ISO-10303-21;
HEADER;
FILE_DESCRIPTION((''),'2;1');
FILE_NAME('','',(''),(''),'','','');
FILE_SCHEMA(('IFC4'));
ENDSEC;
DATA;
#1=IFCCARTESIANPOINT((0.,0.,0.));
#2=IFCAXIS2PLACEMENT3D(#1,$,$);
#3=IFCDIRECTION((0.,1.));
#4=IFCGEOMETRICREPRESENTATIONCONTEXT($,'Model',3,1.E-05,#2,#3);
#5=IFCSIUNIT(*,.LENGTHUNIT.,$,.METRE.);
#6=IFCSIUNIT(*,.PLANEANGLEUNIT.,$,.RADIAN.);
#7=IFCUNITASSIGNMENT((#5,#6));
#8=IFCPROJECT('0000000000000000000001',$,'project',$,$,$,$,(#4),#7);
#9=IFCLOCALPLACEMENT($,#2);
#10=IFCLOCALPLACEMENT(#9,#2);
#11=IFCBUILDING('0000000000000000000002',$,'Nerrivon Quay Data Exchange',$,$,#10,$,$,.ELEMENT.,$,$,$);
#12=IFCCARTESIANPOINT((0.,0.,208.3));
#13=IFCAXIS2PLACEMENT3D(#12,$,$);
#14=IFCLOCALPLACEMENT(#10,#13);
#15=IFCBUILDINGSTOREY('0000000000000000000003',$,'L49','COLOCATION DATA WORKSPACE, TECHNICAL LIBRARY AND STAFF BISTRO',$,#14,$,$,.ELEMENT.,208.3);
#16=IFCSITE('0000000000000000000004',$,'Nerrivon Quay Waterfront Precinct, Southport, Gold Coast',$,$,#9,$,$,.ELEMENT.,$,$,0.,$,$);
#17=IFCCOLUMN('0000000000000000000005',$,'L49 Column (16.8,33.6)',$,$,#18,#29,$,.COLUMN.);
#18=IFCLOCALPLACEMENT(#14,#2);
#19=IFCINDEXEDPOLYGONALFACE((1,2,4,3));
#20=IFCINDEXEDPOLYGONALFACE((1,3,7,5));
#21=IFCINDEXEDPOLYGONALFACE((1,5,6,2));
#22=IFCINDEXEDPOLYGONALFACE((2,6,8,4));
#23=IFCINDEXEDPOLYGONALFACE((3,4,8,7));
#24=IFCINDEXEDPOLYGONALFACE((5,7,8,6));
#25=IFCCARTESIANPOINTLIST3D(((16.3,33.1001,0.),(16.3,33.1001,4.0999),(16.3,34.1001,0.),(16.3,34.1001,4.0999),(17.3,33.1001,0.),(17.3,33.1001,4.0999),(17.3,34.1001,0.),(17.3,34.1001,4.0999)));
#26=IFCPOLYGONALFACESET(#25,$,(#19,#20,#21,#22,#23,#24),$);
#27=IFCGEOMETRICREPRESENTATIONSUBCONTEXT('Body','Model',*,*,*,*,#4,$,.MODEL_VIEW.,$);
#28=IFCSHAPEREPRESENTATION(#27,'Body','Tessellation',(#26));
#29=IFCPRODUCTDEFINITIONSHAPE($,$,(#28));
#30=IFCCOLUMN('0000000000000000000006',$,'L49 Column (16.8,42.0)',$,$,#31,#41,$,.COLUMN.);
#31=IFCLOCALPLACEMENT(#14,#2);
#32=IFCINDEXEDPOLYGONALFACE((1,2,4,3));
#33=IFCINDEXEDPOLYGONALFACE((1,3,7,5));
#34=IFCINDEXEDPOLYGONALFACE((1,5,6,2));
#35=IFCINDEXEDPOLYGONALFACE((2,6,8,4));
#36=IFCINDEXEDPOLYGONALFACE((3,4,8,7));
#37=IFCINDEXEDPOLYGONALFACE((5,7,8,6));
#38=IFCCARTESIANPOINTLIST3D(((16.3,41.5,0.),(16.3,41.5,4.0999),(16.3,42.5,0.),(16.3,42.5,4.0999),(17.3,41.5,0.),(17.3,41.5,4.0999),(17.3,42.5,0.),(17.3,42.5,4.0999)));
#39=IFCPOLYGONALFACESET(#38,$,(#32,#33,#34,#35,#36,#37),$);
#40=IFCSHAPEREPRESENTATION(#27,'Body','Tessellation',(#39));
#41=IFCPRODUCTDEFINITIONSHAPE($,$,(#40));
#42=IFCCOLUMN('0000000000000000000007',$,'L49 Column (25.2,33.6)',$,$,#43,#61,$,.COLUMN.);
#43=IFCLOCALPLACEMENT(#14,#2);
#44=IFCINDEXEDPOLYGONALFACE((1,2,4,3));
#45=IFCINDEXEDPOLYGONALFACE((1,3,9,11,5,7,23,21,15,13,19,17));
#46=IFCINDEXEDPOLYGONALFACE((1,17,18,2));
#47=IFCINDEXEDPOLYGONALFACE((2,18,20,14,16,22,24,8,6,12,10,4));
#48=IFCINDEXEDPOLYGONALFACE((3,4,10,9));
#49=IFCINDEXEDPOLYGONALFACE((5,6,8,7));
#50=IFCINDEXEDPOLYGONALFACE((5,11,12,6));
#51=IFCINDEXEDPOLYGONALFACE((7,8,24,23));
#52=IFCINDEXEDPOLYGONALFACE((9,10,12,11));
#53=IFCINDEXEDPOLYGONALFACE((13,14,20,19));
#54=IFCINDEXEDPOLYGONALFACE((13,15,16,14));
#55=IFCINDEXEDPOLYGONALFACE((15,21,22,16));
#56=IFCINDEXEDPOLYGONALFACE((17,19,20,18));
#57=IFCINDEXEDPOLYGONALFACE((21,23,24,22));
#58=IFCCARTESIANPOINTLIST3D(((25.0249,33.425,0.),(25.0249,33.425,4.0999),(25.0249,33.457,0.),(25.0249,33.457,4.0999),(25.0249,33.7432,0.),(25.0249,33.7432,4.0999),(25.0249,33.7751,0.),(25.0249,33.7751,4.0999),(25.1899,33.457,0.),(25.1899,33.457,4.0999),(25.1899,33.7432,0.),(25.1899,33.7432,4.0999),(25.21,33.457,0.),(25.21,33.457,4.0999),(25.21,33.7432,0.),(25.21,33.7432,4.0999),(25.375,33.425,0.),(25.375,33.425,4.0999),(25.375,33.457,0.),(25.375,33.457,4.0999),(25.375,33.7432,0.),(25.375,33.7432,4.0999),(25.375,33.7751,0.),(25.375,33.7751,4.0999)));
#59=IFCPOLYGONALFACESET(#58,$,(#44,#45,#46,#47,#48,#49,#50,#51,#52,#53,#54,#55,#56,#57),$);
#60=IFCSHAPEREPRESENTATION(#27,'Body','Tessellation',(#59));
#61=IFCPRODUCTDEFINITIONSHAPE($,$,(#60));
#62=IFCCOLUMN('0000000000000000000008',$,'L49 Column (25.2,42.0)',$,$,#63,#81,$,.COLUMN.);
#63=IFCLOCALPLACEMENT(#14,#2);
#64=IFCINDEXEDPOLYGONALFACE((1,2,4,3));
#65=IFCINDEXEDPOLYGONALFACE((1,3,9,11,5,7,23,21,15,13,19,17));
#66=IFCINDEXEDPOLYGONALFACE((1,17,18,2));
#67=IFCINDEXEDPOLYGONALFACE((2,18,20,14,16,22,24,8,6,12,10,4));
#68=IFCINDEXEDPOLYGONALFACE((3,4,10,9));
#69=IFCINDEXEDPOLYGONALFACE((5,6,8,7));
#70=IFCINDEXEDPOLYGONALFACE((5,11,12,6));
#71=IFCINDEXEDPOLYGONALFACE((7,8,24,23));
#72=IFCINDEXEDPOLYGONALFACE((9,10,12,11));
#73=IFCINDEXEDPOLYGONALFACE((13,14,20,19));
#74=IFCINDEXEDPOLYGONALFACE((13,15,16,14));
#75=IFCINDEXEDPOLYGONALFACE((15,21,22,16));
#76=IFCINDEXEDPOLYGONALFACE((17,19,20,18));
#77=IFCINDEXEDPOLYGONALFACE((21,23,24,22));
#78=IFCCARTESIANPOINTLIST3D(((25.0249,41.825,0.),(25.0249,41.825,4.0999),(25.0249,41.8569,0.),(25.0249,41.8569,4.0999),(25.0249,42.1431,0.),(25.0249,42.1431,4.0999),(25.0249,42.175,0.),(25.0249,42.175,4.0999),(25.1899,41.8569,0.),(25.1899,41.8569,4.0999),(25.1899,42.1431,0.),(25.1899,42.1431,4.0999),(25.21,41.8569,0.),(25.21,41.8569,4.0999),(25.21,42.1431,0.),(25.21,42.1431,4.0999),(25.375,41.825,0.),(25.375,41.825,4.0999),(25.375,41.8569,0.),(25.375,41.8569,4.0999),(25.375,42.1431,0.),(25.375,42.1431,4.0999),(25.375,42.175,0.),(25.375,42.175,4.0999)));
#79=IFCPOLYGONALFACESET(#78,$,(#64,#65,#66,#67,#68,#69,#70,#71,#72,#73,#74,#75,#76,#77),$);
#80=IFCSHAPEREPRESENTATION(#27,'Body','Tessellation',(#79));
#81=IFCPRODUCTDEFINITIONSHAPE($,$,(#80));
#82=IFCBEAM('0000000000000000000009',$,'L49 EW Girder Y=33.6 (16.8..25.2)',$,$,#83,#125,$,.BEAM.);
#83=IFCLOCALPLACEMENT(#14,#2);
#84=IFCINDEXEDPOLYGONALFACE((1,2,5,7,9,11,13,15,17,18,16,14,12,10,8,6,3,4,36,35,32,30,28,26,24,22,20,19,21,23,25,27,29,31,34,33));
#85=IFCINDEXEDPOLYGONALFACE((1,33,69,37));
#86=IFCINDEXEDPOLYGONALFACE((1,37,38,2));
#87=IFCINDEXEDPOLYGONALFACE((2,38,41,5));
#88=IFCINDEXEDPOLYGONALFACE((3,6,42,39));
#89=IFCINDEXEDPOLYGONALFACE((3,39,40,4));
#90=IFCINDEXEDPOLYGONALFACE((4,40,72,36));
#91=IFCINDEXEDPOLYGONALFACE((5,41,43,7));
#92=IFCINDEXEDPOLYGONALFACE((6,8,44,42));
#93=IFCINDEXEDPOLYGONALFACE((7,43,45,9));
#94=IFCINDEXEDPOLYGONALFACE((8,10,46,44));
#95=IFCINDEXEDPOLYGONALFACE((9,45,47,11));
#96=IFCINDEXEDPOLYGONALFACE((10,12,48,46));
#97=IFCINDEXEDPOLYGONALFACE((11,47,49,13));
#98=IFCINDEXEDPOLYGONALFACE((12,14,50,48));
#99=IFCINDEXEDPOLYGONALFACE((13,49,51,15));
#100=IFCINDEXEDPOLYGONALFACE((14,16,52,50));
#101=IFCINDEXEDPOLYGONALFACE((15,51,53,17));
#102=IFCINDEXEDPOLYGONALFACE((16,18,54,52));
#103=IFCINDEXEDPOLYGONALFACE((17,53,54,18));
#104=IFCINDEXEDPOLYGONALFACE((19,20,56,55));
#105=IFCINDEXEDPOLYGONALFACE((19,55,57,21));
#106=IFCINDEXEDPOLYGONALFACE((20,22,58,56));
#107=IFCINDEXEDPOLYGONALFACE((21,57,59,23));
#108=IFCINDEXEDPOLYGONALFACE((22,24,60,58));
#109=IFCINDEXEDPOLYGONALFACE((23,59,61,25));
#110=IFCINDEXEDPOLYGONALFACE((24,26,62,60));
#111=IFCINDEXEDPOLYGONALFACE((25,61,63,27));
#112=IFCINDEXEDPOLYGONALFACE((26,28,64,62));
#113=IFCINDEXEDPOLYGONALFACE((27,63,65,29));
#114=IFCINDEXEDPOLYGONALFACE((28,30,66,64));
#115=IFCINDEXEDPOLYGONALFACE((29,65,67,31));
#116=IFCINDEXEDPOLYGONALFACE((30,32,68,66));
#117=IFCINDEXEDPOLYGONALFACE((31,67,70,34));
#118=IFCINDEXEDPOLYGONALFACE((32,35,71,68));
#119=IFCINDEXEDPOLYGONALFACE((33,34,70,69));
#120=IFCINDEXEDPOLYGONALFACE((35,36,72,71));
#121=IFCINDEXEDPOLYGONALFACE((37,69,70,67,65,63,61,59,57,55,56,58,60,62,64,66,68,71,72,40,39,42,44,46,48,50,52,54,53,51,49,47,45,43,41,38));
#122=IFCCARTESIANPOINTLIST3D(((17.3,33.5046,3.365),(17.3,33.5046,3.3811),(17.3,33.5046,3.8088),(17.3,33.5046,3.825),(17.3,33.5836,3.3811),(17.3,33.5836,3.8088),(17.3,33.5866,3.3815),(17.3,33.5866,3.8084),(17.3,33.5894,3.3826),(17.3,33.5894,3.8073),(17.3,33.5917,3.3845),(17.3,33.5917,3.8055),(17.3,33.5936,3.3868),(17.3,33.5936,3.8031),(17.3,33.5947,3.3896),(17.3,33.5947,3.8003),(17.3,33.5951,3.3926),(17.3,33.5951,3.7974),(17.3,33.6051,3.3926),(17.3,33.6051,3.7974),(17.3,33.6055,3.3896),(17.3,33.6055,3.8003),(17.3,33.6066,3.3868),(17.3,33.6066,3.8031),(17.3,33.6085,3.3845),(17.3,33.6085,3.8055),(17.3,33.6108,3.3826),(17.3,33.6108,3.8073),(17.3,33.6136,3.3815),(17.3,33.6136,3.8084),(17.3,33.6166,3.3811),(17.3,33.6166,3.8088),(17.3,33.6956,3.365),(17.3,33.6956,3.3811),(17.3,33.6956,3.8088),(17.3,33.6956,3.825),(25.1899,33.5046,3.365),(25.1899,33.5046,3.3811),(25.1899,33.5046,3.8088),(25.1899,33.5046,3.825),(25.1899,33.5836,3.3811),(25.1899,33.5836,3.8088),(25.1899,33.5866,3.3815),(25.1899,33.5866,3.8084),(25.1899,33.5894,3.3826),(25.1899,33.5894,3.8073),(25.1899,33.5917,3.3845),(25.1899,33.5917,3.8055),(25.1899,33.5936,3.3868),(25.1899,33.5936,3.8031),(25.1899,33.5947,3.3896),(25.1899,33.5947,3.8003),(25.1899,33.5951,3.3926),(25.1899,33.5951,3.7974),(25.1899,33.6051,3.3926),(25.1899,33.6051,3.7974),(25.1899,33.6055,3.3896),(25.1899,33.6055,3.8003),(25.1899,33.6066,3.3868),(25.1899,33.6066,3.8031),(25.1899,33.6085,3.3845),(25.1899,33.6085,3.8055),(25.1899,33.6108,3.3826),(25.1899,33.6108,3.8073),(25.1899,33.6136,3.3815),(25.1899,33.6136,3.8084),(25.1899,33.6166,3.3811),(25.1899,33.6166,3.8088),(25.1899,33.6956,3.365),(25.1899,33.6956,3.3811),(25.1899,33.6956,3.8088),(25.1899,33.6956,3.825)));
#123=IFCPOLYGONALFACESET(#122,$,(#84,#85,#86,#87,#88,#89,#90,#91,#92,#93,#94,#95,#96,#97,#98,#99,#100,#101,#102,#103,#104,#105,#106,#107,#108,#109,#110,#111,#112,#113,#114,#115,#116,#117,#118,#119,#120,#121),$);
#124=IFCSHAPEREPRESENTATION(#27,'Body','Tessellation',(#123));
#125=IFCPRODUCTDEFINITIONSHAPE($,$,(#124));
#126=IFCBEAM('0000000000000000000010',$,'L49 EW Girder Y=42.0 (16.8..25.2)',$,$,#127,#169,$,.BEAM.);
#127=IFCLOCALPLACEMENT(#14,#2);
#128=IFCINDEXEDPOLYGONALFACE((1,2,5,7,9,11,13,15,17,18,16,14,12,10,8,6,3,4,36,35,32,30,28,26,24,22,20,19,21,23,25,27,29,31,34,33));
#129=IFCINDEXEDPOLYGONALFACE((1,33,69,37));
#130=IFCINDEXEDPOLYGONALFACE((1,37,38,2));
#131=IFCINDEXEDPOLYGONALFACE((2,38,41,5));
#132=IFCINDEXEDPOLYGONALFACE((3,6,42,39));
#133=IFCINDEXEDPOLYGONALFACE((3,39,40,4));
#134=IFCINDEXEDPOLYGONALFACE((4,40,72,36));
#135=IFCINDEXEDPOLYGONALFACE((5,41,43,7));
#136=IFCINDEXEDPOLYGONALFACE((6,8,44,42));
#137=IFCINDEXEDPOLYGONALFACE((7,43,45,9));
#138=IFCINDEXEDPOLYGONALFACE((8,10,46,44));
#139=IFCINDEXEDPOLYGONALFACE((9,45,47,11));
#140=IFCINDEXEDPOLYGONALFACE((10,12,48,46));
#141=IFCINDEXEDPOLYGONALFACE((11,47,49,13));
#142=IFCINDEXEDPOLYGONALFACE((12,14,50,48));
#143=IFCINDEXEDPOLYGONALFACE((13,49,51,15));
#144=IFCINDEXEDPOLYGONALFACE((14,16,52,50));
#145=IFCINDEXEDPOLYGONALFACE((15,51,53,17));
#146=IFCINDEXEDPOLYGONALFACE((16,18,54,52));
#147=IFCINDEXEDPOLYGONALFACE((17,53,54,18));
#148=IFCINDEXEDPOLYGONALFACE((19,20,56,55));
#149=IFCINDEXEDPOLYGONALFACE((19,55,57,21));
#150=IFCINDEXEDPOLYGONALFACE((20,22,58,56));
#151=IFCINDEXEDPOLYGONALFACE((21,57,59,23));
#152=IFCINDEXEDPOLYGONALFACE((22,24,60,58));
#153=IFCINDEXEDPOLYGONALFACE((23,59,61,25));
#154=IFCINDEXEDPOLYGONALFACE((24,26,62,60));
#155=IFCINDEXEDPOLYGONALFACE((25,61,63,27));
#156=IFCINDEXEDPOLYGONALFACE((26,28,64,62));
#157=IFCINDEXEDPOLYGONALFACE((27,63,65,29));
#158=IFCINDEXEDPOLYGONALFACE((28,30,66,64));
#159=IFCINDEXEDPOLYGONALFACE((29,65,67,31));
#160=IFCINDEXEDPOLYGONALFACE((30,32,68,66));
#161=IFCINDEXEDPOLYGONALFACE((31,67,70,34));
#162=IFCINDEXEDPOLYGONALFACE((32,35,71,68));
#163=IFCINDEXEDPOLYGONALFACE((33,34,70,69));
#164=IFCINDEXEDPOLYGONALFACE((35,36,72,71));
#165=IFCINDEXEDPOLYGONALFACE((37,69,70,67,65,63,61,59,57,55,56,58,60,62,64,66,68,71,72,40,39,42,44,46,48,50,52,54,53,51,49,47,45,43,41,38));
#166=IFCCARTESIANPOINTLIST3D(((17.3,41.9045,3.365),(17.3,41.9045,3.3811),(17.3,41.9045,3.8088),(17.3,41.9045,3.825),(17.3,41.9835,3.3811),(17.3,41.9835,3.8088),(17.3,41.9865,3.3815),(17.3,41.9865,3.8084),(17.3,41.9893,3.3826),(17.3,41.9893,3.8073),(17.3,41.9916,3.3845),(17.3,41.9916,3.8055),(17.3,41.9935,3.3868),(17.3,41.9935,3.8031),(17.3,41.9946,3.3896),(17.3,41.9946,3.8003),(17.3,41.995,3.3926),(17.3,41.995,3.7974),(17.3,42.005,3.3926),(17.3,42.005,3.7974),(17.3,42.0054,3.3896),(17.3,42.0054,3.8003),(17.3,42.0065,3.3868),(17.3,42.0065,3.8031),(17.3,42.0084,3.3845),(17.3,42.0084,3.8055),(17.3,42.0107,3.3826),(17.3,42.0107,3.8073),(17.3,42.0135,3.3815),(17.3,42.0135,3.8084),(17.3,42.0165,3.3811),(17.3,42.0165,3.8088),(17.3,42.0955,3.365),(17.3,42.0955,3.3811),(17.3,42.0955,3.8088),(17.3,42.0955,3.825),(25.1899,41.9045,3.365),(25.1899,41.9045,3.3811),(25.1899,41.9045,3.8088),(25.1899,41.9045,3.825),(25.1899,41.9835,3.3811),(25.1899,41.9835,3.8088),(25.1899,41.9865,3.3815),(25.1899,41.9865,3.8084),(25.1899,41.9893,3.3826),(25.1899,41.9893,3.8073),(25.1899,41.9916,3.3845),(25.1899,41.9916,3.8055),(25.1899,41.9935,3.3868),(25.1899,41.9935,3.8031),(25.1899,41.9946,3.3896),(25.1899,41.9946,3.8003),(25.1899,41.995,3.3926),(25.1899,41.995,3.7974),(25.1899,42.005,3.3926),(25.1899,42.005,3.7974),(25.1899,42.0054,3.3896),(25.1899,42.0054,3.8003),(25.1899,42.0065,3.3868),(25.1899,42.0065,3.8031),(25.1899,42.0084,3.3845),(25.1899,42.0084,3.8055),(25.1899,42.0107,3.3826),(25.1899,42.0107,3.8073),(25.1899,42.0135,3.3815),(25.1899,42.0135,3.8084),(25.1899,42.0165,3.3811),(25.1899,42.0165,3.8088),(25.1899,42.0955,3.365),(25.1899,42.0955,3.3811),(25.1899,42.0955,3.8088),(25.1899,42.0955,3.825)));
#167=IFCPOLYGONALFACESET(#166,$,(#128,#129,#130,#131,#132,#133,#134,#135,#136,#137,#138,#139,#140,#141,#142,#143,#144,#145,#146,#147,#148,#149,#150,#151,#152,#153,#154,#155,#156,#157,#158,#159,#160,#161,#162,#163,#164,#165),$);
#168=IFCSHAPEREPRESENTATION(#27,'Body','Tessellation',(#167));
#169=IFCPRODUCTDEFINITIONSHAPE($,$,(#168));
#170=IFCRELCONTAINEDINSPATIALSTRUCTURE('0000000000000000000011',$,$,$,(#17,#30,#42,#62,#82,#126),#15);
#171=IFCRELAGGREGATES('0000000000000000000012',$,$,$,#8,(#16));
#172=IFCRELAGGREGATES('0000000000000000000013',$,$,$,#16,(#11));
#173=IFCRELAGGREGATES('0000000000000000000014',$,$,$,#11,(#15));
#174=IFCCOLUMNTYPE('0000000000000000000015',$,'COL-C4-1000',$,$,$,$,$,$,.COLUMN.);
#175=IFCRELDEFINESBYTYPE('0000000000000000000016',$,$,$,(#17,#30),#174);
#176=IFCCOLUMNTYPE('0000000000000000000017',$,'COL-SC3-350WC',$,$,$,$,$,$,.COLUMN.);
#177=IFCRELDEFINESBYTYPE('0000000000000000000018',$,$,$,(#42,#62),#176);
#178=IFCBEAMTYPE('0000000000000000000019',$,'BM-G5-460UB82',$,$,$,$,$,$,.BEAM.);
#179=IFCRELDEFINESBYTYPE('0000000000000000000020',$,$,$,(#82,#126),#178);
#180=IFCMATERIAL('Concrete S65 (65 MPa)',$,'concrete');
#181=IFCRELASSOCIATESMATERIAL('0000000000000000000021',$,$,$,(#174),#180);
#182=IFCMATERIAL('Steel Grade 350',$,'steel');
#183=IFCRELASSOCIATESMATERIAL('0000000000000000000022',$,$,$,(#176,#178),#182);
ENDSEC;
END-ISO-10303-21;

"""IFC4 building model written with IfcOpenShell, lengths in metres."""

from ifc_helpers import new_model, si_unit, direction, frame, origin, origin_2d, place, context, subcontext, project, spatial, rectangle, i_section, extrude, material, material_profile, profile_set, type_object, element, save


model = new_model("IFC4")

# Units and contexts
model_context = context("Model", 3, precision=1e-05, world=origin(), true_north=direction((0.0, 1.0)))
body_context = subcontext(model_context, "Body", "Model", "MODEL_VIEW")
ifc_project = project(units=[si_unit("LENGTHUNIT", "METRE"), si_unit("PLANEANGLEUNIT", "RADIAN")], contexts=[model_context])

# Site, building, storey
site_placement = place(None, origin())
site = spatial("IfcSite", under=ifc_project, at=site_placement, Name="Nerrivon Quay Waterfront Precinct, Southport, Gold Coast", CompositionType="ELEMENT", RefElevation=0.0)
building_placement = place(site_placement, origin())
building = spatial("IfcBuilding", under=site, at=building_placement, Name="Nerrivon Quay Data Exchange", CompositionType="ELEMENT")
storey_placement = place(building_placement, frame((0.0, 0.0, 208.3)))
storey = spatial("IfcBuildingStorey", under=building, at=storey_placement, Name="L49", Description="COLOCATION DATA WORKSPACE, TECHNICAL LIBRARY AND STAFF BISTRO", CompositionType="ELEMENT", Elevation=208.3)

# Columns
ifc_material_1 = material(Name="Concrete S65 (65 MPa)", Category="concrete")
ifc_material_profile_1 = material_profile(ifc_material_1, rectangle(XDim=1.0, YDim=1.0, at=origin_2d()), Name="RC-COL-1000x1000")
ifc_profile_set_1 = profile_set([ifc_material_profile_1], Name="Concrete S65 (65 MPa)")
column_type_1 = type_object("IfcColumnType", Name="COL-C4-1000", PredefinedType="COLUMN", material=ifc_profile_set_1)
for number, where, z_axis, x_axis, name in (
    (1, (16.8, 33.6001, 0.0), (0.0, 0.0, 1.0), (1.0, 0.0, 0.0), "L49 Column (16.8,33.6)"),
    (2, (16.8, 42.0, 0.0), (0.0, 0.0, 1.0), (1.0, 0.0, 0.0), "L49 Column (16.8,42.0)"),
):
    element("IfcColumn", number, at=place(storey_placement, frame(where, z_axis=z_axis, x_axis=x_axis)), inside=storey, type_object=column_type_1, Name=name, PredefinedType="COLUMN", context=body_context, shape_type="SweptSolid", body=[
        extrude(rectangle(XDim=1.0, YDim=1.0, at=origin_2d()), origin(), (0.0, 0.0, 1.0), 4.0999),
    ])
ifc_material_2 = material(Name="Steel Grade 350", Category="steel")
ifc_material_profile_2 = material_profile(ifc_material_2, i_section(OverallWidth=0.3501, OverallDepth=0.3501, WebThickness=0.02, FlangeThickness=0.032, at=origin_2d()), Name="350WC230")
ifc_profile_set_2 = profile_set([ifc_material_profile_2], Name="Steel Grade 350")
column_type_2 = type_object("IfcColumnType", Name="COL-SC3-350WC", PredefinedType="COLUMN", material=ifc_profile_set_2)
for number, where, z_axis, x_axis, name in (
    (3, (25.2, 33.6001, 0.0), (0.0, 0.0, 1.0), (1.0, 0.0, 0.0), "L49 Column (25.2,33.6)"),
    (4, (25.2, 42.0, 0.0), (0.0, 0.0, 1.0), (1.0, 0.0, 0.0), "L49 Column (25.2,42.0)"),
):
    element("IfcColumn", number, at=place(storey_placement, frame(where, z_axis=z_axis, x_axis=x_axis)), inside=storey, type_object=column_type_2, Name=name, PredefinedType="COLUMN", context=body_context, shape_type="SweptSolid", body=[
        extrude(i_section(OverallWidth=0.3501, OverallDepth=0.3501, WebThickness=0.02, FlangeThickness=0.032, at=origin_2d()), origin(), (0.0, 0.0, 1.0), 4.0999),
    ])

# Beams
ifc_material_profile_3 = material_profile(ifc_material_2, i_section(OverallWidth=0.1909, OverallDepth=0.46, WebThickness=0.01, FlangeThickness=0.0161, FilletRadius=0.0115, at=origin_2d()), Name="460UB82.1")
ifc_profile_set_3 = profile_set([ifc_material_profile_3], Name="Steel Grade 350")
beam_type_1 = type_object("IfcBeamType", Name="BM-G5-460UB82", PredefinedType="BEAM", material=ifc_profile_set_3)
for number, where, z_axis, x_axis, name in (
    (5, (17.3, 33.6001, 3.595), (1.0, 0.0, 0.0), (0.0, 1.0, 0.0), "L49 EW Girder Y=33.6 (16.8..25.2)"),
    (6, (17.3, 42.0, 3.595), (1.0, 0.0, 0.0), (0.0, 1.0, 0.0), "L49 EW Girder Y=42.0 (16.8..25.2)"),
):
    element("IfcBeam", number, at=place(storey_placement, frame(where, z_axis=z_axis, x_axis=x_axis)), inside=storey, type_object=beam_type_1, Name=name, PredefinedType="BEAM", context=body_context, shape_type="SweptSolid", body=[
        extrude(i_section(OverallWidth=0.1909, OverallDepth=0.46, WebThickness=0.01, FlangeThickness=0.0161, FilletRadius=0.0115, at=origin_2d()), origin(), (0.0, 0.0, 1.0), 7.8899),
    ])

save(model, "model.ifc")
